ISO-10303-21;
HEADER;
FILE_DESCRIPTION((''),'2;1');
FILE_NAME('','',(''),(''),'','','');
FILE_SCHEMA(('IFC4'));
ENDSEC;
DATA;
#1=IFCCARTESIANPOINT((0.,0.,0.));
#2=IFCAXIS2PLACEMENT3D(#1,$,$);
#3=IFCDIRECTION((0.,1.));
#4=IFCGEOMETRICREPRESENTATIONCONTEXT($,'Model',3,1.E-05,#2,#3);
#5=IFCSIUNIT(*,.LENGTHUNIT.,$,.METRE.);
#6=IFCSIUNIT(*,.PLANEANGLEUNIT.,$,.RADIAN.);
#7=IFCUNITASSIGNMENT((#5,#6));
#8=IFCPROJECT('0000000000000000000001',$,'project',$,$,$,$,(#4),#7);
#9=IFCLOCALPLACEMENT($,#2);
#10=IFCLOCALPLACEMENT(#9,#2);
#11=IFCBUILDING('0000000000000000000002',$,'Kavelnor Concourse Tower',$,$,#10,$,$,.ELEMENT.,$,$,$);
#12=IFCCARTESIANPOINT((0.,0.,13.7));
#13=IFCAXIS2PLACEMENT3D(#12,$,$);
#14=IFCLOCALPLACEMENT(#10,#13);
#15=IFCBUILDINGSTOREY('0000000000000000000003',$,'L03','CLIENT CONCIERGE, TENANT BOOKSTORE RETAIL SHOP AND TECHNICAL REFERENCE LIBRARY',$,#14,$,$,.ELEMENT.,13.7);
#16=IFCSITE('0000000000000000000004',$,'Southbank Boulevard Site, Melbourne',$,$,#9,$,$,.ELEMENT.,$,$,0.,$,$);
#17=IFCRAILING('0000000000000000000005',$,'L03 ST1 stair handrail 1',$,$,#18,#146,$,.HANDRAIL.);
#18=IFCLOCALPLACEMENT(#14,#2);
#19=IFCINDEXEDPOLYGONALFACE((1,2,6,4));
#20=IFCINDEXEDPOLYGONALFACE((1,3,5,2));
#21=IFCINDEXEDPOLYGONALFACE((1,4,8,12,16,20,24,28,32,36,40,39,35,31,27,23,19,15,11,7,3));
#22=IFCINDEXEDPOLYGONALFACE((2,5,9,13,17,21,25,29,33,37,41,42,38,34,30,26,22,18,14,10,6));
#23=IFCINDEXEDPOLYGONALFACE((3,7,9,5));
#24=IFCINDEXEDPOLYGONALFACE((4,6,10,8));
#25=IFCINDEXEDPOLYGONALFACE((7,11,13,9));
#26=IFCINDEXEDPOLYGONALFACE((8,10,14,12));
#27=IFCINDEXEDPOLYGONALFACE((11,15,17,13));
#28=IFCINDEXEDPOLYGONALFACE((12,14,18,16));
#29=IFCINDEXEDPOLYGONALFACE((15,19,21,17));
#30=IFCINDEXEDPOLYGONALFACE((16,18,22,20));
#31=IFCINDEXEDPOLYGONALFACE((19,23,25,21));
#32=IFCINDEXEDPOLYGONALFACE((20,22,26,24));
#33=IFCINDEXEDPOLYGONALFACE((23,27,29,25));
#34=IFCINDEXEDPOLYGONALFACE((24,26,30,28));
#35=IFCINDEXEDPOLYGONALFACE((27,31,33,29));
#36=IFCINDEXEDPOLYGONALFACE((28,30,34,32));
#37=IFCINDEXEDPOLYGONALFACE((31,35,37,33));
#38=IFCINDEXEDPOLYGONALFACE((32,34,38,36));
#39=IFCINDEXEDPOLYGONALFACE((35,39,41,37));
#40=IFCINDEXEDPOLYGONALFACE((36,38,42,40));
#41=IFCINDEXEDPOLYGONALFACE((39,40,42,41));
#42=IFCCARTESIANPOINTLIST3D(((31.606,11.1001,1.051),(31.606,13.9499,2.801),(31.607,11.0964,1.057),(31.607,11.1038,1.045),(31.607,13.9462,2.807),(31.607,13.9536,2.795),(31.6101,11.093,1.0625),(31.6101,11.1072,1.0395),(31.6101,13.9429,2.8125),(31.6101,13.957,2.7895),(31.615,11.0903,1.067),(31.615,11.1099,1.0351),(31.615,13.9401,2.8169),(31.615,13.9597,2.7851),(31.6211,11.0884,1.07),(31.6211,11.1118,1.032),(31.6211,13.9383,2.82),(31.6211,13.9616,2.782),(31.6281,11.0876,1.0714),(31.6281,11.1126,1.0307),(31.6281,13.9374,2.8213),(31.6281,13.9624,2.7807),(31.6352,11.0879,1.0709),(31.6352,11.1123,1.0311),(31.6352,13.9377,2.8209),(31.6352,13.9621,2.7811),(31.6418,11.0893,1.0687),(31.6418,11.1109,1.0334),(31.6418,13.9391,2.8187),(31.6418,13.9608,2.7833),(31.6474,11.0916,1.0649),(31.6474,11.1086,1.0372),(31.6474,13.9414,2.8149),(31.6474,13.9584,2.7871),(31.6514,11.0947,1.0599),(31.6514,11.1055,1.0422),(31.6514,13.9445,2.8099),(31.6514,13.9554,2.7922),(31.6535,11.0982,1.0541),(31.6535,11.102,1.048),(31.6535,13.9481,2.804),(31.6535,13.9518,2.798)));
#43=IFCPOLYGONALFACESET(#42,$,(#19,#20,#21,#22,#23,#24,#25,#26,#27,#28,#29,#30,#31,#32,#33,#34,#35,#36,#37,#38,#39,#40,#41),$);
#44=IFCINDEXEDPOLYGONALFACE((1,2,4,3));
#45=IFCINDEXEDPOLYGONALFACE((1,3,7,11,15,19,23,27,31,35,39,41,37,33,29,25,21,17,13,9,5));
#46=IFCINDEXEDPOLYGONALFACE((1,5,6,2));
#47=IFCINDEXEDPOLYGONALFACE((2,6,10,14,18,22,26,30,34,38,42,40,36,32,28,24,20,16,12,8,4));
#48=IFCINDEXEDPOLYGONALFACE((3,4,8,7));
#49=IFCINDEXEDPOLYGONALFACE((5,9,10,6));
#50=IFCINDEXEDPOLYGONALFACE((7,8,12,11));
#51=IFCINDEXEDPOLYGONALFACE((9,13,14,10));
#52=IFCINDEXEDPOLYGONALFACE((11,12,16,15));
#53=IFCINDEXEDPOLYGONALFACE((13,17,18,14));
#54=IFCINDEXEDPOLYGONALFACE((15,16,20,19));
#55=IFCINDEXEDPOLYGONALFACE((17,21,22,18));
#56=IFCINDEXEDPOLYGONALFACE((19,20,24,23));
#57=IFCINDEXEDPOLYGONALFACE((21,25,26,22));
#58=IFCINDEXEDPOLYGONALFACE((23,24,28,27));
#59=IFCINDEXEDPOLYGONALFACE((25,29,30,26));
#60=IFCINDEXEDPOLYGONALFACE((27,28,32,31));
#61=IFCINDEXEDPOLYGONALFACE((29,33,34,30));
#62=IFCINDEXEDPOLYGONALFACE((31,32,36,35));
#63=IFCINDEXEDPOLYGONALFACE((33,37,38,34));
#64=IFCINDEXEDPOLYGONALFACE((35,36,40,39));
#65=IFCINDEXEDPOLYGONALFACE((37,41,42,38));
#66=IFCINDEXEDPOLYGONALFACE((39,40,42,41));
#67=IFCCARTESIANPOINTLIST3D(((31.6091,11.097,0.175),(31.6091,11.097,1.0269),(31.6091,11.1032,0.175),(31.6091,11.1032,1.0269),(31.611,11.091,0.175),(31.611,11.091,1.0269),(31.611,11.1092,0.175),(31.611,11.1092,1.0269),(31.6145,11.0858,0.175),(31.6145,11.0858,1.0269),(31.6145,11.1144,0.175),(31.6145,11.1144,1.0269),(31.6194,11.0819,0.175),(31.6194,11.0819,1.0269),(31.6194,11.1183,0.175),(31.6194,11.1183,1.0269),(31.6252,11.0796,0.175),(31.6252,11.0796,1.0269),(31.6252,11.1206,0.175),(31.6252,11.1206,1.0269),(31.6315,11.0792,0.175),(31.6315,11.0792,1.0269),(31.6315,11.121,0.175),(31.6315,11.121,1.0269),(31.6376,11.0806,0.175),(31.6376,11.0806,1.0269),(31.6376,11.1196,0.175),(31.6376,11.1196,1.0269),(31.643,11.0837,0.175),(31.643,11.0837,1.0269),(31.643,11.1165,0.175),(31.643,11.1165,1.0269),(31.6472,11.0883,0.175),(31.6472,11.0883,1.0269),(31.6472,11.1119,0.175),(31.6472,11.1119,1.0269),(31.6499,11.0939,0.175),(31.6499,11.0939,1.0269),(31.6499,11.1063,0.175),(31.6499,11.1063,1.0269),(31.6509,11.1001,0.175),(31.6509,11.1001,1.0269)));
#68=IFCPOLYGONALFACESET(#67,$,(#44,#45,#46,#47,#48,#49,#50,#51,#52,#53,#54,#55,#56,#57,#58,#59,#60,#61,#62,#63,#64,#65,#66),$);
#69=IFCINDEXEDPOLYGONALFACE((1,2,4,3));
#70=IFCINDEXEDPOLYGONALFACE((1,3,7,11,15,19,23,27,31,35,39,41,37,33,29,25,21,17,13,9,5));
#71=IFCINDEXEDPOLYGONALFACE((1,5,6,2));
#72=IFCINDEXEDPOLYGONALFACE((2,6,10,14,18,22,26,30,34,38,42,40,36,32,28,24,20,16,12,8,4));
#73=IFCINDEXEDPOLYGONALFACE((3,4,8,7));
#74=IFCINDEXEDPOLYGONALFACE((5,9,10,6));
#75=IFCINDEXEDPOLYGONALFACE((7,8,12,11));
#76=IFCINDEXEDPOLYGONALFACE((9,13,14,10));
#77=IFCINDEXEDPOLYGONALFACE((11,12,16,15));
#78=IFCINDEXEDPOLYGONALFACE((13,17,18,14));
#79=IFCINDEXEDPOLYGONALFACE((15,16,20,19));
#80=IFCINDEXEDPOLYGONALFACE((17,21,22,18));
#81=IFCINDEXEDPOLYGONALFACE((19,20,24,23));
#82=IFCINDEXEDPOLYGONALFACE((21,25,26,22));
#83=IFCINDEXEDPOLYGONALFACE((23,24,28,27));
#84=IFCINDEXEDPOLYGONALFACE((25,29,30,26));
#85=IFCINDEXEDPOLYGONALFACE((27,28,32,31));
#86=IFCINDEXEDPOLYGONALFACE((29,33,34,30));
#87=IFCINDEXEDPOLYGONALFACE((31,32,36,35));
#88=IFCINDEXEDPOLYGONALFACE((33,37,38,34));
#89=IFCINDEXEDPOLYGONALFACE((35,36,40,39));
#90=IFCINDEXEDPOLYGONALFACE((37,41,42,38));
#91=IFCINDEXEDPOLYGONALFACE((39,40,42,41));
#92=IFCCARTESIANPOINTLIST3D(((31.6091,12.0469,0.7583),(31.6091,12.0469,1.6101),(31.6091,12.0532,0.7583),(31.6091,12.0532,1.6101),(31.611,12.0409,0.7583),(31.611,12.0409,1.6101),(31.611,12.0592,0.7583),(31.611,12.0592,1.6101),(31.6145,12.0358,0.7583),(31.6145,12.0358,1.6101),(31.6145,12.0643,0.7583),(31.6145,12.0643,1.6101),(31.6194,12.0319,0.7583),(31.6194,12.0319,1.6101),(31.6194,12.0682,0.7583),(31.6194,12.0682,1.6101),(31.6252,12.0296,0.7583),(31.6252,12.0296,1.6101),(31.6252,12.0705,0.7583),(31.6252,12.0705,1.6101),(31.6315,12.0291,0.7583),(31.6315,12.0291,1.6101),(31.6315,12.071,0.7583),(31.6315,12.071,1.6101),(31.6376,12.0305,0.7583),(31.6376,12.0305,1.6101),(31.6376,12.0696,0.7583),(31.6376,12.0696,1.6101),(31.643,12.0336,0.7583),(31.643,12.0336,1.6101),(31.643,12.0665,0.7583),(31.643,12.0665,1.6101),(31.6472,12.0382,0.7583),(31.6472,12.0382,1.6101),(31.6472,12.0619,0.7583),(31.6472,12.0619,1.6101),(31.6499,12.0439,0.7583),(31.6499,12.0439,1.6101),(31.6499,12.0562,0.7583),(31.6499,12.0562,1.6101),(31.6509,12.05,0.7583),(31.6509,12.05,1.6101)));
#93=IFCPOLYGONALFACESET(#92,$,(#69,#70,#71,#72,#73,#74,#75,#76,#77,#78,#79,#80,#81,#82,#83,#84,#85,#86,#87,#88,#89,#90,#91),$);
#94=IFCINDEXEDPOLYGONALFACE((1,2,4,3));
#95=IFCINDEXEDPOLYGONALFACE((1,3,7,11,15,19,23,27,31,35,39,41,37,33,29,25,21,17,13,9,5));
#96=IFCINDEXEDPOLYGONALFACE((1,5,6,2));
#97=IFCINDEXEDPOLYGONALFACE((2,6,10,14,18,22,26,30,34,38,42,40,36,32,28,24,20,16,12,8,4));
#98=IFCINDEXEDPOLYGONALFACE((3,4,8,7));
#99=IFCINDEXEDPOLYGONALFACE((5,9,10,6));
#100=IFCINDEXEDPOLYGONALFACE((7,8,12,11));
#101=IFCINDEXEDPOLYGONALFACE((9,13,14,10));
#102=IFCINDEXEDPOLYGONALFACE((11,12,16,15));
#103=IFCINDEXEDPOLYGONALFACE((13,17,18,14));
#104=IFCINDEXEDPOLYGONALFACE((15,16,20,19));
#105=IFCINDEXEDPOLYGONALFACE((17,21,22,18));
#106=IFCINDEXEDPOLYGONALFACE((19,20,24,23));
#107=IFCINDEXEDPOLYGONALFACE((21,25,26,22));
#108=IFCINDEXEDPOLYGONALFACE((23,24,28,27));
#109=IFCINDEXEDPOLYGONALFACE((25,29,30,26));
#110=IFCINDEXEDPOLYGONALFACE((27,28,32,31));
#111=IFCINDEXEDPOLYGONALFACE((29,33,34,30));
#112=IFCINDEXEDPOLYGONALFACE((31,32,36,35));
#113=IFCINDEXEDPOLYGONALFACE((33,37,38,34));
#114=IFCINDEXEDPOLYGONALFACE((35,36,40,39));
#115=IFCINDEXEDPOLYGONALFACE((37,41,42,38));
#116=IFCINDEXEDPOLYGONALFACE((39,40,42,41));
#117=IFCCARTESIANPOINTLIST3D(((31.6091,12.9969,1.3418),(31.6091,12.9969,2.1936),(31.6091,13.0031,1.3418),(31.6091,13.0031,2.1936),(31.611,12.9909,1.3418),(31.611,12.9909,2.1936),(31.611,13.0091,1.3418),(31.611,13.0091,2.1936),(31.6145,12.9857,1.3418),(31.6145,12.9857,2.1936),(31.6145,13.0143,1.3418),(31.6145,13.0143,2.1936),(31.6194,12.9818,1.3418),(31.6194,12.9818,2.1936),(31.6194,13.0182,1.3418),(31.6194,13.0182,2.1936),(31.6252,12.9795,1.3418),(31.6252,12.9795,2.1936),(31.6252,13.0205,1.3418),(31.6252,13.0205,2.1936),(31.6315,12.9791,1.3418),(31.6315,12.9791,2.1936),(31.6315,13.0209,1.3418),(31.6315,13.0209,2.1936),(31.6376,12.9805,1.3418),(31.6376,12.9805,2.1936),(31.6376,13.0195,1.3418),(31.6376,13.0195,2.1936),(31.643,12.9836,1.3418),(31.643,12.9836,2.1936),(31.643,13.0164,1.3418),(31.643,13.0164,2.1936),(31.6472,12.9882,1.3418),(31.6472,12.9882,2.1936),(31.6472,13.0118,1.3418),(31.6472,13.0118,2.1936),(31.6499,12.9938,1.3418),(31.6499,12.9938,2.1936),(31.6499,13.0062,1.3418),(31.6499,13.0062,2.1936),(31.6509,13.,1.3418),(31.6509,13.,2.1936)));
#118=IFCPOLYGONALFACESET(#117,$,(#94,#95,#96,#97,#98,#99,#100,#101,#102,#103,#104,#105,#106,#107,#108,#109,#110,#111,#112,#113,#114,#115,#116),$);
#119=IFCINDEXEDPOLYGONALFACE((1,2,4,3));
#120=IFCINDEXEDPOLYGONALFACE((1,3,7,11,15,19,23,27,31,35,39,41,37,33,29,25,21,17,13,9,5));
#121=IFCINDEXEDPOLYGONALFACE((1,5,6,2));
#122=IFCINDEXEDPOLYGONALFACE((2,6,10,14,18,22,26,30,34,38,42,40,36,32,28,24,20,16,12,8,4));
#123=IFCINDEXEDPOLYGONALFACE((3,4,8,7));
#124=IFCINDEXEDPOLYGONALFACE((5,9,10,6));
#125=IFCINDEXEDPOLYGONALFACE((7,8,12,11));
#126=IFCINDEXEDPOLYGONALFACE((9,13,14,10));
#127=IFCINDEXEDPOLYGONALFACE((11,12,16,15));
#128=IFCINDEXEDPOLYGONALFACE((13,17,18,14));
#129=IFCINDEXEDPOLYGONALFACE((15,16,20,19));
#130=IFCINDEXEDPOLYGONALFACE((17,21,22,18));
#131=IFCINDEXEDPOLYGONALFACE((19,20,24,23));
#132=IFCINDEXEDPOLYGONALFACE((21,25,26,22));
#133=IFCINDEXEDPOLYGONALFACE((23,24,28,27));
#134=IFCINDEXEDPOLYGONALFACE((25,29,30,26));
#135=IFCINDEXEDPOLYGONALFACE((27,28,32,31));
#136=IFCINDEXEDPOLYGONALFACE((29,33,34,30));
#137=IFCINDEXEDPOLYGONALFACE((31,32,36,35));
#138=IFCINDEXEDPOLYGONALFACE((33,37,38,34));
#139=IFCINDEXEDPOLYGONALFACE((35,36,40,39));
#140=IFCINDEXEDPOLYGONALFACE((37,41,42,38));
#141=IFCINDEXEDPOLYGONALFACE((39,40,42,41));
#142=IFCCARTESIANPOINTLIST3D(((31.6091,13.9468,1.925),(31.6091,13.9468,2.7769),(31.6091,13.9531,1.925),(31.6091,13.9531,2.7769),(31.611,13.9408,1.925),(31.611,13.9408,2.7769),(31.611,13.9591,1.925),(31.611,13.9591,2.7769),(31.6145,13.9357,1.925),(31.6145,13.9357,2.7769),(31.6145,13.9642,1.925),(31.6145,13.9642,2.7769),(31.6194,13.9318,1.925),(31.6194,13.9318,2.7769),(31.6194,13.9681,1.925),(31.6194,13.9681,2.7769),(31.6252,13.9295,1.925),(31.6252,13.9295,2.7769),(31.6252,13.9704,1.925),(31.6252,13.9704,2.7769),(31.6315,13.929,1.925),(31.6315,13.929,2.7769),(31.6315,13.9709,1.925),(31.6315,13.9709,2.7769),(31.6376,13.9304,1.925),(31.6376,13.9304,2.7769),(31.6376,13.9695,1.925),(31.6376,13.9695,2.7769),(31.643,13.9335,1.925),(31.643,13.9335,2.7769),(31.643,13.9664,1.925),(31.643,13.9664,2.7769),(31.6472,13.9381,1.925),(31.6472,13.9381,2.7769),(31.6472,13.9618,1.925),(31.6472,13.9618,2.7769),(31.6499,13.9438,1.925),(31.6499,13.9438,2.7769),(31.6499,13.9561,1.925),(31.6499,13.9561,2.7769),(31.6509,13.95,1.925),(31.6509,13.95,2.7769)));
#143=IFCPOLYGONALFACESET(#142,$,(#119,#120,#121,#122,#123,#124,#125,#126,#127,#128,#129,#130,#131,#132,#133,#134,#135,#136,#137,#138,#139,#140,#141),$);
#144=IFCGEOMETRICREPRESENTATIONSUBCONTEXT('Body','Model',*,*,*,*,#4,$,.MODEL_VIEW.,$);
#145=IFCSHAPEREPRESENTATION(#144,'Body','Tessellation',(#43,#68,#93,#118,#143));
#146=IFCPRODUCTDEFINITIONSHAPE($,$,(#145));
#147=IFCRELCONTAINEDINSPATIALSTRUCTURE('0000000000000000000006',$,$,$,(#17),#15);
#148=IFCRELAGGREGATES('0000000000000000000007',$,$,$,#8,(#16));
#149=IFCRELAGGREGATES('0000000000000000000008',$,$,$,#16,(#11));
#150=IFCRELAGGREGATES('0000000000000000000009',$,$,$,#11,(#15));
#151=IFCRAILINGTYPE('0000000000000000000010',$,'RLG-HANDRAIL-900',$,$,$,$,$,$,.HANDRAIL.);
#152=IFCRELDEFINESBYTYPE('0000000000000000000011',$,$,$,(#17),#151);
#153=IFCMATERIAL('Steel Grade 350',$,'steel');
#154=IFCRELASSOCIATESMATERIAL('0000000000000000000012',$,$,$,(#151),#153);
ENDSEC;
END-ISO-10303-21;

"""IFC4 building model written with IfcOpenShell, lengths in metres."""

from ifc_helpers import new_model, si_unit, direction, frame, origin, origin_2d, place, context, subcontext, project, spatial, circle, extrude, material, type_object, element, save


model = new_model("IFC4")

# Units and contexts
model_context = context("Model", 3, precision=1e-05, world=origin(), true_north=direction((0.0, 1.0)))
body_context = subcontext(model_context, "Body", "Model", "MODEL_VIEW")
ifc_project = project(units=[si_unit("LENGTHUNIT", "METRE"), si_unit("PLANEANGLEUNIT", "RADIAN")], contexts=[model_context])

# Site, building, storey
site_placement = place(None, origin())
site = spatial("IfcSite", under=ifc_project, at=site_placement, Name="Southbank Boulevard Site, Melbourne", CompositionType="ELEMENT", RefElevation=0.0)
building_placement = place(site_placement, origin())
building = spatial("IfcBuilding", under=site, at=building_placement, Name="Kavelnor Concourse Tower", CompositionType="ELEMENT")
storey_placement = place(building_placement, frame((0.0, 0.0, 13.7)))
storey = spatial("IfcBuildingStorey", under=building, at=storey_placement, Name="L03", Description="CLIENT CONCIERGE, TENANT BOOKSTORE RETAIL SHOP AND TECHNICAL REFERENCE LIBRARY", CompositionType="ELEMENT", Elevation=13.7)

# Shared definitions
ifc_material_1 = material(Name="Steel Grade 350", Category="steel")

# Railing
railing_type_1 = type_object("IfcRailingType", Name="RLG-HANDRAIL-900", PredefinedType="HANDRAIL", material=ifc_material_1)
railing_1_placement = place(storey_placement, frame((31.6299, 11.1001, 0.175)))
element("IfcRailing", 1, at=railing_1_placement, inside=storey, type_object=railing_type_1, Name="L03 ST1 stair handrail 1", PredefinedType="HANDRAIL", context=body_context, shape_type="SweptSolid", body=[
    extrude(circle(Radius=0.0239, at=origin_2d()), frame((0.0, 0.0, 0.876), z_axis=(0.0, 0.852159, 0.523283), x_axis=(-1.0, 0.0, 0.0)), (0.0, 0.0, 1.0), 3.3442),
    extrude(circle(Radius=0.021, at=origin_2d()), origin(), (0.0, 0.0, 1.0), 0.8518),
    extrude(circle(Radius=0.021, at=origin_2d()), frame((0.0, 0.95, 0.5833)), (0.0, 0.0, 1.0), 0.8518),
    extrude(circle(Radius=0.021, at=origin_2d()), frame((0.0, 1.8999, 1.1667)), (0.0, 0.0, 1.0), 0.8518),
    extrude(circle(Radius=0.021, at=origin_2d()), frame((0.0, 2.8499, 1.75)), (0.0, 0.0, 1.0), 0.8518),
])

save(model, "model.ifc")
